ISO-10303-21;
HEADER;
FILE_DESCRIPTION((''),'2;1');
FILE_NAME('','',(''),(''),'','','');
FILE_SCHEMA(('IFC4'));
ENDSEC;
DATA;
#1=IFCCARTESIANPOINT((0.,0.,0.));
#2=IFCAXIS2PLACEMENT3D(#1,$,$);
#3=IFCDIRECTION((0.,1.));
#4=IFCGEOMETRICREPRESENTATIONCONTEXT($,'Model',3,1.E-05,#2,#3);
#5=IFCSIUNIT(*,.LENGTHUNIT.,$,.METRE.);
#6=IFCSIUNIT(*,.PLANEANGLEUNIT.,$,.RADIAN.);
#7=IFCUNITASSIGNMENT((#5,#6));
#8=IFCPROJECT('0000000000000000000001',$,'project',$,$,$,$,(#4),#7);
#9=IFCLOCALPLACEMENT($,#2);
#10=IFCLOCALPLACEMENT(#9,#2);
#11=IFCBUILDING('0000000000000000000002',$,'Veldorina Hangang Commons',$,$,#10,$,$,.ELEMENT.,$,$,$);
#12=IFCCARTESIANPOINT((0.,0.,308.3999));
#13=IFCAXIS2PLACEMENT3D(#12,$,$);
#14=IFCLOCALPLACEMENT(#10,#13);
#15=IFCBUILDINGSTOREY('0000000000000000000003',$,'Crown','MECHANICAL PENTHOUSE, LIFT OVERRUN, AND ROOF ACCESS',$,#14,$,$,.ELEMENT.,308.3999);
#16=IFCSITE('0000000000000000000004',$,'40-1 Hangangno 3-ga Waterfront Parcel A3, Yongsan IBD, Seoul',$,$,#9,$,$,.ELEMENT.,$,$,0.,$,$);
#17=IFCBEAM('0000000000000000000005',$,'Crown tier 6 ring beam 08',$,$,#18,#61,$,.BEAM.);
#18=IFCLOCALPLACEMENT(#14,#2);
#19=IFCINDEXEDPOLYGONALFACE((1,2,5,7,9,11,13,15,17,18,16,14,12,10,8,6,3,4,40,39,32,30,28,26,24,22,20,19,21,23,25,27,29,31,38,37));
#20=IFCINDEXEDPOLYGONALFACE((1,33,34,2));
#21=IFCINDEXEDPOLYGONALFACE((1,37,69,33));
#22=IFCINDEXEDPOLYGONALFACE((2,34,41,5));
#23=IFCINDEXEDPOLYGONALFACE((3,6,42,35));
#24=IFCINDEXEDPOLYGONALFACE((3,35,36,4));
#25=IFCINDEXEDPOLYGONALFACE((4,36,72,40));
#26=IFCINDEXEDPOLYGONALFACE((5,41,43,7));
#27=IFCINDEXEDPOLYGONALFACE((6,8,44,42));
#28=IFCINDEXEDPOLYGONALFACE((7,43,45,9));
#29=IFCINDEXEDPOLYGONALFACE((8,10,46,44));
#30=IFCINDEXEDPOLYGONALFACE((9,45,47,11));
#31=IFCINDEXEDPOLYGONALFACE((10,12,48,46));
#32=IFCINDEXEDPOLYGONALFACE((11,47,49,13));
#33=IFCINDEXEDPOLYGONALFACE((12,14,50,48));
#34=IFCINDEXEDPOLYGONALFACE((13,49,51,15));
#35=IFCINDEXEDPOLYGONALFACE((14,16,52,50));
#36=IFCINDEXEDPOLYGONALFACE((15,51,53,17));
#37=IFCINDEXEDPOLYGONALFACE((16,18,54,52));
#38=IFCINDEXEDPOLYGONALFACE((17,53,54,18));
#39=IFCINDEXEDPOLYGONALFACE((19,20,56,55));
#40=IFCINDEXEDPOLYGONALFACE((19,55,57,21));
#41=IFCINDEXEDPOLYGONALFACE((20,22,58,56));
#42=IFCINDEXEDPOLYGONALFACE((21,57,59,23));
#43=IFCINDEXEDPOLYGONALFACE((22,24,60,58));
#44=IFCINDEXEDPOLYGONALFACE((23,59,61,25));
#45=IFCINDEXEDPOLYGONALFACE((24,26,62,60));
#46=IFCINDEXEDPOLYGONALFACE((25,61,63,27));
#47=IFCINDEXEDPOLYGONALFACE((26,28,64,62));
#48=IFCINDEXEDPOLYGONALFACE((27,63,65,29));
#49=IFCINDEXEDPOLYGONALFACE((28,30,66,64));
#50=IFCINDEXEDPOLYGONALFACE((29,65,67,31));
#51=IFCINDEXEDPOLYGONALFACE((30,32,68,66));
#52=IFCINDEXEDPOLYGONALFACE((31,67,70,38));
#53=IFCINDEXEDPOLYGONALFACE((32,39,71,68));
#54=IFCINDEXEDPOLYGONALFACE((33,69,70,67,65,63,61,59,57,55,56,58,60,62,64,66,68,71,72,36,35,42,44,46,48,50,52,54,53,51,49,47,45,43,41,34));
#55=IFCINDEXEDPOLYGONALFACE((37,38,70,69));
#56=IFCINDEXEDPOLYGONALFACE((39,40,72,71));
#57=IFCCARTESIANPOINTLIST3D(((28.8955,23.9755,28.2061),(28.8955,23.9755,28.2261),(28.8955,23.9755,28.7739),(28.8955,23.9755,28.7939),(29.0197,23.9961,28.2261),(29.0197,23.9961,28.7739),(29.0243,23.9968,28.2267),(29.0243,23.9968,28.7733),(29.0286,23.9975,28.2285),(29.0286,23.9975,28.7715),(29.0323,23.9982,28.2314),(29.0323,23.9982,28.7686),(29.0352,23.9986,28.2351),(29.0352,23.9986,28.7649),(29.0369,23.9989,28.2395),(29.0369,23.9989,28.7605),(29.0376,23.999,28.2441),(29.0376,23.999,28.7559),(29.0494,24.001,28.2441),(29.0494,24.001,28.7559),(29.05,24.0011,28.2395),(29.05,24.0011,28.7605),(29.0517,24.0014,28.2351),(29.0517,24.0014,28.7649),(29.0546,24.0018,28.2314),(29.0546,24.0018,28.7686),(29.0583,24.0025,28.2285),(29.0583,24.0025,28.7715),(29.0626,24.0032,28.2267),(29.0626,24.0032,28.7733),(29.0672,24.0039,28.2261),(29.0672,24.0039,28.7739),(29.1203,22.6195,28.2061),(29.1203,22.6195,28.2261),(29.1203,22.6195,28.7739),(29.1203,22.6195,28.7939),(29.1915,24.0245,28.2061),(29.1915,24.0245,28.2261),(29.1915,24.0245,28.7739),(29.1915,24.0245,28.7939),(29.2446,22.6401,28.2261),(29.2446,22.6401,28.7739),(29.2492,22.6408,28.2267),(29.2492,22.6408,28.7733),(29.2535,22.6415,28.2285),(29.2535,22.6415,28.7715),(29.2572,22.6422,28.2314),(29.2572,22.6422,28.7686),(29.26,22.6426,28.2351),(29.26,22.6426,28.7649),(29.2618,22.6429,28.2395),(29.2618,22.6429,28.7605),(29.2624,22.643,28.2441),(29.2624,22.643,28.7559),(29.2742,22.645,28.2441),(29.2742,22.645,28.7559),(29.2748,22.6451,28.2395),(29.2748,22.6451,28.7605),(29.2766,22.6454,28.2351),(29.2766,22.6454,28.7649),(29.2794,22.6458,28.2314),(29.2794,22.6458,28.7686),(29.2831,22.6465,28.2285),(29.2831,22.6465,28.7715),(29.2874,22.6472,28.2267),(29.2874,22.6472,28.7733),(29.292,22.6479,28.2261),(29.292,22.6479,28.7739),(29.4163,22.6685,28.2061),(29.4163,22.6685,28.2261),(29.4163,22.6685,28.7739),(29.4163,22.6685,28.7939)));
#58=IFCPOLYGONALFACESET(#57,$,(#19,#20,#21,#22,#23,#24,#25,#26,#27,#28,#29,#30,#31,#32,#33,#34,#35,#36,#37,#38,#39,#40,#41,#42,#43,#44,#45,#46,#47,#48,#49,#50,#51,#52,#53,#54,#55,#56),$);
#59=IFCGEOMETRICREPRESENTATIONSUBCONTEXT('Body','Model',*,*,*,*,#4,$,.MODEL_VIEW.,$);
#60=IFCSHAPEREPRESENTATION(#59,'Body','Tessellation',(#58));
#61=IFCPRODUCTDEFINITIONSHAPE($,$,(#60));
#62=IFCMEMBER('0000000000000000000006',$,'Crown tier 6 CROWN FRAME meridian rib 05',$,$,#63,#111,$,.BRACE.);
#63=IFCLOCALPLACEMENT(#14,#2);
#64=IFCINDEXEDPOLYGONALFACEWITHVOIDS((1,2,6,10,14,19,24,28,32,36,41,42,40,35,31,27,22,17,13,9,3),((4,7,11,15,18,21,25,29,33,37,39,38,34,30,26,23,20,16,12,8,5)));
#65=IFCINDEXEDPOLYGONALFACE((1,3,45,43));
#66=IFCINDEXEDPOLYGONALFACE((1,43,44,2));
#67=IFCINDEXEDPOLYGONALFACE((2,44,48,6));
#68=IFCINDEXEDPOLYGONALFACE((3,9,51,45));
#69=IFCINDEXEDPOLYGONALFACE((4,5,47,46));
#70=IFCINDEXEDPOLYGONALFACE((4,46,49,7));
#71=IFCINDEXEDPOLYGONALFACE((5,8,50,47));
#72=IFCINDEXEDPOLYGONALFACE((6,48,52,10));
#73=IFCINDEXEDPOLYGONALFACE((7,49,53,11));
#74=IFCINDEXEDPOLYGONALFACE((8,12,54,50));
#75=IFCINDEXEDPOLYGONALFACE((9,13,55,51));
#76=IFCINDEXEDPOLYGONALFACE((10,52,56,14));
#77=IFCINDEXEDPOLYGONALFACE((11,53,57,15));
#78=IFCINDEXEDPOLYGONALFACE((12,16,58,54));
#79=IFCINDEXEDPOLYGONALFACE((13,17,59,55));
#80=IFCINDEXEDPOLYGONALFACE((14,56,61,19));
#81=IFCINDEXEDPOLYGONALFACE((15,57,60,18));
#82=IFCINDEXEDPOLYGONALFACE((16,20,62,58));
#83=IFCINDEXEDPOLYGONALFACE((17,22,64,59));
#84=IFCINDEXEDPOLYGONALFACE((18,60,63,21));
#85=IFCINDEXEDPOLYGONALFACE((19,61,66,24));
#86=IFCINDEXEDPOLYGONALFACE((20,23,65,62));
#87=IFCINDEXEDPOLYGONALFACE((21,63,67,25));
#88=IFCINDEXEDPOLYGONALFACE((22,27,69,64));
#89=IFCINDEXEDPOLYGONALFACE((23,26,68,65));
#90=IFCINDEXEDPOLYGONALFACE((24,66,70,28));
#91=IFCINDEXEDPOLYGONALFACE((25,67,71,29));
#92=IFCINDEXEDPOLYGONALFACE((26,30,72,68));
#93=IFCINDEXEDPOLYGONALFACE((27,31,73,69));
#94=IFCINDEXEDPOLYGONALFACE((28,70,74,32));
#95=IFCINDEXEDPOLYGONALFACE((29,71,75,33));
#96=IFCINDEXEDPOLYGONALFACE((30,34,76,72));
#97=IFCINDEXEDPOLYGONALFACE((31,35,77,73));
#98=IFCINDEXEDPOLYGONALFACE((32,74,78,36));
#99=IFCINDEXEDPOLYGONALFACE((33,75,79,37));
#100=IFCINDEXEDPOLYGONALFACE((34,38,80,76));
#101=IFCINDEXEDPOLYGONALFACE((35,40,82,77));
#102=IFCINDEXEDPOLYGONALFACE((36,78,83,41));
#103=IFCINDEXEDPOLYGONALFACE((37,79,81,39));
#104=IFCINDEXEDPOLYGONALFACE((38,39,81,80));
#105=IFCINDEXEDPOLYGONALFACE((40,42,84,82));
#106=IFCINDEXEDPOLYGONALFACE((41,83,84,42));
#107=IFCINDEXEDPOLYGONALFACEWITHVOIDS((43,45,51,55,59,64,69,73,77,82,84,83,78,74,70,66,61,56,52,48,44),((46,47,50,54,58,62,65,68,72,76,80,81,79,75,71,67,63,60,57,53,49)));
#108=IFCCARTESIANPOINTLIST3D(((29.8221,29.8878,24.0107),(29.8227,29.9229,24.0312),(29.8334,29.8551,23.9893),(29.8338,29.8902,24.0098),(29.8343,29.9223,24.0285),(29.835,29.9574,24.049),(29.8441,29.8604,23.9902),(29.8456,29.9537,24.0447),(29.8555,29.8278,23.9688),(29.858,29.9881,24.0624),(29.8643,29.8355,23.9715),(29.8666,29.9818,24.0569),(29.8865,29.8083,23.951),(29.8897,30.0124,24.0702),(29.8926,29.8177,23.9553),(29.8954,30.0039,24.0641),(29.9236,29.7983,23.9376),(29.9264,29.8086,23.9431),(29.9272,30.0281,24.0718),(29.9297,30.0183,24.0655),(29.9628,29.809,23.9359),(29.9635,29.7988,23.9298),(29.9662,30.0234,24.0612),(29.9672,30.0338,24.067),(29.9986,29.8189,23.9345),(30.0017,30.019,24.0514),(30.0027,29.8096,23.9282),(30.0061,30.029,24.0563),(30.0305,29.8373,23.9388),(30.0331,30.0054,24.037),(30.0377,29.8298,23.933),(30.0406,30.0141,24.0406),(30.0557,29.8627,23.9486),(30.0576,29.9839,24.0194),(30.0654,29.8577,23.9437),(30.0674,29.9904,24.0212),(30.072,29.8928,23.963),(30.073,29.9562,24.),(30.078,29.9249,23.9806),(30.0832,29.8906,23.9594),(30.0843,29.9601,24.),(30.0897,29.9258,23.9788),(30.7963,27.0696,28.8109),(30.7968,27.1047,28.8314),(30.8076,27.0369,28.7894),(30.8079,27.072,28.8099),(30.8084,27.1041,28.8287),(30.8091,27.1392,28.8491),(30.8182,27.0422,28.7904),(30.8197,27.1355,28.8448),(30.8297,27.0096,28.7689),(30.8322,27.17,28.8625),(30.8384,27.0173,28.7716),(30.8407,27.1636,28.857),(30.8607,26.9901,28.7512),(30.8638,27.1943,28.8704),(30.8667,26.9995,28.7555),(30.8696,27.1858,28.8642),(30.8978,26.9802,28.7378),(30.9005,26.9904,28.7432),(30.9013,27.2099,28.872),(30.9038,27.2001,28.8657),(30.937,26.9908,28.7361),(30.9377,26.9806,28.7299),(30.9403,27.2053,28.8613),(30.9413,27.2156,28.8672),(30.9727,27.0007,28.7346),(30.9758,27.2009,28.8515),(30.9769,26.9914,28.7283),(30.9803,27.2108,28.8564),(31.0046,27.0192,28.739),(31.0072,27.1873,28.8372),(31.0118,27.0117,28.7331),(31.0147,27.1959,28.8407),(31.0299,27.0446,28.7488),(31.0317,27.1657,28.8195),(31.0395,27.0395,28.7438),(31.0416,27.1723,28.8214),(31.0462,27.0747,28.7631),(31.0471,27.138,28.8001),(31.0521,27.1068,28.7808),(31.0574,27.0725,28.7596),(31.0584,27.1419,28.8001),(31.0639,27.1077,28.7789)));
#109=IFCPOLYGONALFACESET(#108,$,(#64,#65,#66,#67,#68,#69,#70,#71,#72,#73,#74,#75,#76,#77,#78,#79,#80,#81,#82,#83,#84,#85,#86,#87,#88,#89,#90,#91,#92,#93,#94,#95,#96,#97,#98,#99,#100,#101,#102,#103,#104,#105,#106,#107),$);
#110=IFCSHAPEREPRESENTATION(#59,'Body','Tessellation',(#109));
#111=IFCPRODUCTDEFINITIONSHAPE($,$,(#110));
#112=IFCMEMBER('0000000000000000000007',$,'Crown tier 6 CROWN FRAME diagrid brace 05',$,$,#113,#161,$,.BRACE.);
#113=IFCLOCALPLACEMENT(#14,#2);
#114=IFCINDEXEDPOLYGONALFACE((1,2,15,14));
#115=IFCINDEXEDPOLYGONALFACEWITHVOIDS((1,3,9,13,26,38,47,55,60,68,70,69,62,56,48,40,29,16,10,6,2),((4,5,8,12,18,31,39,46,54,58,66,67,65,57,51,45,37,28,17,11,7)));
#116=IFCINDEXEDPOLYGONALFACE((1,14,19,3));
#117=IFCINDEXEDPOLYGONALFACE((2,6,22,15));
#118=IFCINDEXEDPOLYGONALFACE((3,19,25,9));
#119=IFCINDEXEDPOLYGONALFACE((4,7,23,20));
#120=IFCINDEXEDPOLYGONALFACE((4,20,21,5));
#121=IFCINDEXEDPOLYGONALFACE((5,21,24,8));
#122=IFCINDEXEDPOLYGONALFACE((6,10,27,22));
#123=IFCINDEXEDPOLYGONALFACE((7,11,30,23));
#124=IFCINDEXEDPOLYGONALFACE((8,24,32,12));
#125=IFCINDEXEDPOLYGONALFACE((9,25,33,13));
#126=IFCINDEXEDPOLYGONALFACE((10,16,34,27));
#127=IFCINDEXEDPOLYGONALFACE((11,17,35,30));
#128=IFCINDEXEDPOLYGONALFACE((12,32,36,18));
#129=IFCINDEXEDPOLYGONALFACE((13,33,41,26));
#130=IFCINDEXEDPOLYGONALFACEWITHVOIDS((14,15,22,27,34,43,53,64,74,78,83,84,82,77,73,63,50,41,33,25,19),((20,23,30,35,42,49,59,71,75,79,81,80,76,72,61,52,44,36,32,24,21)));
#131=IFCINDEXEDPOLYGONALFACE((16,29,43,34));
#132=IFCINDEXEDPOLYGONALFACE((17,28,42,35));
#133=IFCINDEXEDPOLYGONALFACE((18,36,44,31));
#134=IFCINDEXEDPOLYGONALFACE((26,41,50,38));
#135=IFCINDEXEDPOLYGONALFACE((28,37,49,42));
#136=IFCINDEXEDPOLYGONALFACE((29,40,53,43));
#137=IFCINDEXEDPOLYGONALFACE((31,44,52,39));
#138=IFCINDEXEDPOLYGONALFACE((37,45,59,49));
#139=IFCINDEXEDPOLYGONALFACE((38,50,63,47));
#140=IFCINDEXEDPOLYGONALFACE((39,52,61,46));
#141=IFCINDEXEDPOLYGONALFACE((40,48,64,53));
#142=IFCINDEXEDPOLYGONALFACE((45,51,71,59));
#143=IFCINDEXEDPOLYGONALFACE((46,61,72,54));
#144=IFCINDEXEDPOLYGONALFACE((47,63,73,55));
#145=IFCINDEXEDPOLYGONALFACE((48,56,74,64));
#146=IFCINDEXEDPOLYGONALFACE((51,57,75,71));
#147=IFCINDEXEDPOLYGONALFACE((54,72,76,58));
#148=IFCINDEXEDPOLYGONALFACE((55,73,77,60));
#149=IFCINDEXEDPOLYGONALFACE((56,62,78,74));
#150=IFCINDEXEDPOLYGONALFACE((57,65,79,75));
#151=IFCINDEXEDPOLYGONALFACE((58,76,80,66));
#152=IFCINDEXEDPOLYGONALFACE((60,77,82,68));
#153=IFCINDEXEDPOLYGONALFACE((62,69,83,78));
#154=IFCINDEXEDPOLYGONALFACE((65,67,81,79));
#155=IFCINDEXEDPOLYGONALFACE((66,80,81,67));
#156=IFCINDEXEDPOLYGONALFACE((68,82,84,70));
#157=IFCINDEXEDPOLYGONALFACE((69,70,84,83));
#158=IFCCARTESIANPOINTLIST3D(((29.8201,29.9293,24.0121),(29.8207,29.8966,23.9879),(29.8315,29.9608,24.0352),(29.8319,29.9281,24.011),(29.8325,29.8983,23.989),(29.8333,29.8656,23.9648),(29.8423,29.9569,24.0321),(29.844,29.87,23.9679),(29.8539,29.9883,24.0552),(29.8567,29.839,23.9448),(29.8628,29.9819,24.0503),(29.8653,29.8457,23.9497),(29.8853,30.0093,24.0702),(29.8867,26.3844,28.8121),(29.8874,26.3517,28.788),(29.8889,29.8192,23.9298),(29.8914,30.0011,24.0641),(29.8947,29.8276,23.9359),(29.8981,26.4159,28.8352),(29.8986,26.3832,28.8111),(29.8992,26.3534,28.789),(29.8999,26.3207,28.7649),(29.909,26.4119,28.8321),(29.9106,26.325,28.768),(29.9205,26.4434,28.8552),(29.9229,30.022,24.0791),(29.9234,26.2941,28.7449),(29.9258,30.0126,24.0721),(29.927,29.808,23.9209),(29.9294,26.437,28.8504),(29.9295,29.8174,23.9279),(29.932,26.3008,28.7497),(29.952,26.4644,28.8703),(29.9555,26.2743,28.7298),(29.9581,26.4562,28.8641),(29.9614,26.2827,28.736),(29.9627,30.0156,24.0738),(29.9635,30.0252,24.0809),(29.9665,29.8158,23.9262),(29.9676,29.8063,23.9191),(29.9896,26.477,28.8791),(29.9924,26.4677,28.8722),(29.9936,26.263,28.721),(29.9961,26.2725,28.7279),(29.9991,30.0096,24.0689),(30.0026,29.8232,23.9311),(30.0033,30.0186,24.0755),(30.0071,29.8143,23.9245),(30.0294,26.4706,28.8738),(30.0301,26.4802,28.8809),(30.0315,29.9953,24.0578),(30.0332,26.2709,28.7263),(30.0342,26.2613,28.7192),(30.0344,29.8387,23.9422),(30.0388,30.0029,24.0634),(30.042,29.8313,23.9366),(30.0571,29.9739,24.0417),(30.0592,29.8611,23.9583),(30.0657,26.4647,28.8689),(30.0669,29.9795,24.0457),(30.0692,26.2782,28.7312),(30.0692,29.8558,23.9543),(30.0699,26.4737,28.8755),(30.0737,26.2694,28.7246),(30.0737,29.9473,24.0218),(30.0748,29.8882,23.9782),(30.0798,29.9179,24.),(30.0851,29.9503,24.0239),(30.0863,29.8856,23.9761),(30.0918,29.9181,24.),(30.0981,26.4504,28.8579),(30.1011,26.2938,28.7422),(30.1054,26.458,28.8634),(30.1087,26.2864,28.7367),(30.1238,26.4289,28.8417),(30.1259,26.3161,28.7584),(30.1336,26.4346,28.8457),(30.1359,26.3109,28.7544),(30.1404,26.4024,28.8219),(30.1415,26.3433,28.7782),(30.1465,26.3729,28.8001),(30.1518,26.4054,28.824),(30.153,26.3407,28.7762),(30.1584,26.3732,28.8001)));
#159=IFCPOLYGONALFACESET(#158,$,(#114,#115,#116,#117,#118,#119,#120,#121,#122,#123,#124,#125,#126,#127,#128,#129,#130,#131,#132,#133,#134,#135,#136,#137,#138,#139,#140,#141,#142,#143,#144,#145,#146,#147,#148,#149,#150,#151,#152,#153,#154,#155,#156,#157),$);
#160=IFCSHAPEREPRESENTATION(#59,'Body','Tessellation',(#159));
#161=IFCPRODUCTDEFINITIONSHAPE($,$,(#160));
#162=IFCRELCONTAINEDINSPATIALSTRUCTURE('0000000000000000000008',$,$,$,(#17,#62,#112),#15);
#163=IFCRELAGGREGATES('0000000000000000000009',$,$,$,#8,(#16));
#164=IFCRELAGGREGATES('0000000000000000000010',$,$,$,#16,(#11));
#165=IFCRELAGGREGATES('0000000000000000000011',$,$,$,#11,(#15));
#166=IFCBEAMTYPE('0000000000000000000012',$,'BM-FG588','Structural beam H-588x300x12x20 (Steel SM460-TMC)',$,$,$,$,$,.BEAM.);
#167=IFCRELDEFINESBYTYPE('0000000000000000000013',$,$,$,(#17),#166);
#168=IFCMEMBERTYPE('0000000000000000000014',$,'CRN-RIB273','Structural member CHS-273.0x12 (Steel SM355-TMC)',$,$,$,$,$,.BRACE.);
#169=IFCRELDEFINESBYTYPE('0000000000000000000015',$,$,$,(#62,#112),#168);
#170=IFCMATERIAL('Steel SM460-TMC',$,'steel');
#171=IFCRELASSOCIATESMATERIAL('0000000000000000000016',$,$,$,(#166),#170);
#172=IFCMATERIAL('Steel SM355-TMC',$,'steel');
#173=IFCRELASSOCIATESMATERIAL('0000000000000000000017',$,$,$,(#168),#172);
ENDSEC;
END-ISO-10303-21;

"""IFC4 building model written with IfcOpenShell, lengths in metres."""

from ifc_helpers import new_model, si_unit, direction, frame, origin, origin_2d, place, context, subcontext, project, spatial, hollow_circle, i_section, extrude, material, material_profile, profile_set, type_object, element, save


model = new_model("IFC4")

# Units and contexts
model_context = context("Model", 3, precision=1e-05, world=origin(), true_north=direction((0.0, 1.0)))
body_context = subcontext(model_context, "Body", "Model", "MODEL_VIEW")
ifc_project = project(units=[si_unit("LENGTHUNIT", "METRE"), si_unit("PLANEANGLEUNIT", "RADIAN")], contexts=[model_context])

# Site, building, storey
site_placement = place(None, origin())
site = spatial("IfcSite", under=ifc_project, at=site_placement, Name="40-1 Hangangno 3-ga Waterfront Parcel A3, Yongsan IBD, Seoul", CompositionType="ELEMENT", RefElevation=0.0)
building_placement = place(site_placement, origin())
building = spatial("IfcBuilding", under=site, at=building_placement, Name="Veldorina Hangang Commons", CompositionType="ELEMENT")
storey_placement = place(building_placement, frame((0.0, 0.0, 308.3999)))
storey = spatial("IfcBuildingStorey", under=building, at=storey_placement, Name="Crown", Description="MECHANICAL PENTHOUSE, LIFT OVERRUN, AND ROOF ACCESS", CompositionType="ELEMENT", Elevation=308.3999)

# Beam
ifc_material_1 = material(Name="Steel SM460-TMC", Category="steel")
ifc_material_profile_1 = material_profile(ifc_material_1, i_section(OverallWidth=0.3, OverallDepth=0.5879, WebThickness=0.012, FlangeThickness=0.02, FilletRadius=0.0181, at=origin_2d()), Name="H-588x300x12x20")
ifc_profile_set_1 = profile_set([ifc_material_profile_1], Name="Steel SM460-TMC")
beam_type = type_object("IfcBeamType", Name="BM-FG588", Description="Structural beam H-588x300x12x20 (Steel SM460-TMC)", PredefinedType="BEAM", material=ifc_profile_set_1)
for number, where, z_axis, x_axis, name in (
    (1, (29.0435, 24.0, 28.5), (0.163592, -0.986528, 0.0), (0.986528, 0.163592, 0.0), "Crown tier 6 ring beam 08"),
):
    element("IfcBeam", number, at=place(storey_placement, frame(where, z_axis=z_axis, x_axis=x_axis)), inside=storey, type_object=beam_type, Name=name, PredefinedType="BEAM", context=body_context, shape_type="SweptSolid", body=[
        extrude(i_section(OverallWidth=0.3, OverallDepth=0.5879, WebThickness=0.012, FlangeThickness=0.02, FilletRadius=0.0181, at=origin_2d()), origin(), (0.0, 0.0, 1.0), 1.3745),
    ])

# Members
ifc_material_2 = material(Name="Steel SM355-TMC", Category="steel")
ifc_material_profile_2 = material_profile(ifc_material_2, hollow_circle(Radius=0.1365, WallThickness=0.012, at=origin_2d()), Name="CHS-273.0x12")
ifc_profile_set_2 = profile_set([ifc_material_profile_2], Name="Steel SM355-TMC")
member_type_1 = type_object("IfcMemberType", Name="CRN-RIB273", Description="Structural member CHS-273.0x12 (Steel SM355-TMC)", PredefinedType="BRACE", material=ifc_profile_set_2)
member_1_placement = place(storey_placement, frame((29.9553, 29.9155, 24.0), z_axis=(0.172387, -0.498714, 0.849451), x_axis=(0.945129, 0.326697, 0.0)))
element("IfcMember", 2, at=member_1_placement, inside=storey, type_object=member_type_1, Name="Crown tier 6 CROWN FRAME meridian rib 05", PredefinedType="BRACE", context=body_context, shape_type="SweptSolid", body=[
    extrude(hollow_circle(Radius=0.1365, WallThickness=0.012, at=origin_2d()), origin(), (0.0, 0.0, 1.0), 5.6509),
])
member_2_placement = place(storey_placement, frame((29.9553, 29.9155, 24.0), z_axis=(0.011169, -0.594035, 0.804361), x_axis=(0.999823, 0.018798, 0.0)))
element("IfcMember", 3, at=member_2_placement, inside=storey, type_object=member_type_1, Name="Crown tier 6 CROWN FRAME diagrid brace 05", PredefinedType="BRACE", context=body_context, shape_type="SweptSolid", body=[
    extrude(hollow_circle(Radius=0.1365, WallThickness=0.012, at=origin_2d()), origin(), (0.0, 0.0, 1.0), 5.9675),
])

save(model, "model.ifc")
